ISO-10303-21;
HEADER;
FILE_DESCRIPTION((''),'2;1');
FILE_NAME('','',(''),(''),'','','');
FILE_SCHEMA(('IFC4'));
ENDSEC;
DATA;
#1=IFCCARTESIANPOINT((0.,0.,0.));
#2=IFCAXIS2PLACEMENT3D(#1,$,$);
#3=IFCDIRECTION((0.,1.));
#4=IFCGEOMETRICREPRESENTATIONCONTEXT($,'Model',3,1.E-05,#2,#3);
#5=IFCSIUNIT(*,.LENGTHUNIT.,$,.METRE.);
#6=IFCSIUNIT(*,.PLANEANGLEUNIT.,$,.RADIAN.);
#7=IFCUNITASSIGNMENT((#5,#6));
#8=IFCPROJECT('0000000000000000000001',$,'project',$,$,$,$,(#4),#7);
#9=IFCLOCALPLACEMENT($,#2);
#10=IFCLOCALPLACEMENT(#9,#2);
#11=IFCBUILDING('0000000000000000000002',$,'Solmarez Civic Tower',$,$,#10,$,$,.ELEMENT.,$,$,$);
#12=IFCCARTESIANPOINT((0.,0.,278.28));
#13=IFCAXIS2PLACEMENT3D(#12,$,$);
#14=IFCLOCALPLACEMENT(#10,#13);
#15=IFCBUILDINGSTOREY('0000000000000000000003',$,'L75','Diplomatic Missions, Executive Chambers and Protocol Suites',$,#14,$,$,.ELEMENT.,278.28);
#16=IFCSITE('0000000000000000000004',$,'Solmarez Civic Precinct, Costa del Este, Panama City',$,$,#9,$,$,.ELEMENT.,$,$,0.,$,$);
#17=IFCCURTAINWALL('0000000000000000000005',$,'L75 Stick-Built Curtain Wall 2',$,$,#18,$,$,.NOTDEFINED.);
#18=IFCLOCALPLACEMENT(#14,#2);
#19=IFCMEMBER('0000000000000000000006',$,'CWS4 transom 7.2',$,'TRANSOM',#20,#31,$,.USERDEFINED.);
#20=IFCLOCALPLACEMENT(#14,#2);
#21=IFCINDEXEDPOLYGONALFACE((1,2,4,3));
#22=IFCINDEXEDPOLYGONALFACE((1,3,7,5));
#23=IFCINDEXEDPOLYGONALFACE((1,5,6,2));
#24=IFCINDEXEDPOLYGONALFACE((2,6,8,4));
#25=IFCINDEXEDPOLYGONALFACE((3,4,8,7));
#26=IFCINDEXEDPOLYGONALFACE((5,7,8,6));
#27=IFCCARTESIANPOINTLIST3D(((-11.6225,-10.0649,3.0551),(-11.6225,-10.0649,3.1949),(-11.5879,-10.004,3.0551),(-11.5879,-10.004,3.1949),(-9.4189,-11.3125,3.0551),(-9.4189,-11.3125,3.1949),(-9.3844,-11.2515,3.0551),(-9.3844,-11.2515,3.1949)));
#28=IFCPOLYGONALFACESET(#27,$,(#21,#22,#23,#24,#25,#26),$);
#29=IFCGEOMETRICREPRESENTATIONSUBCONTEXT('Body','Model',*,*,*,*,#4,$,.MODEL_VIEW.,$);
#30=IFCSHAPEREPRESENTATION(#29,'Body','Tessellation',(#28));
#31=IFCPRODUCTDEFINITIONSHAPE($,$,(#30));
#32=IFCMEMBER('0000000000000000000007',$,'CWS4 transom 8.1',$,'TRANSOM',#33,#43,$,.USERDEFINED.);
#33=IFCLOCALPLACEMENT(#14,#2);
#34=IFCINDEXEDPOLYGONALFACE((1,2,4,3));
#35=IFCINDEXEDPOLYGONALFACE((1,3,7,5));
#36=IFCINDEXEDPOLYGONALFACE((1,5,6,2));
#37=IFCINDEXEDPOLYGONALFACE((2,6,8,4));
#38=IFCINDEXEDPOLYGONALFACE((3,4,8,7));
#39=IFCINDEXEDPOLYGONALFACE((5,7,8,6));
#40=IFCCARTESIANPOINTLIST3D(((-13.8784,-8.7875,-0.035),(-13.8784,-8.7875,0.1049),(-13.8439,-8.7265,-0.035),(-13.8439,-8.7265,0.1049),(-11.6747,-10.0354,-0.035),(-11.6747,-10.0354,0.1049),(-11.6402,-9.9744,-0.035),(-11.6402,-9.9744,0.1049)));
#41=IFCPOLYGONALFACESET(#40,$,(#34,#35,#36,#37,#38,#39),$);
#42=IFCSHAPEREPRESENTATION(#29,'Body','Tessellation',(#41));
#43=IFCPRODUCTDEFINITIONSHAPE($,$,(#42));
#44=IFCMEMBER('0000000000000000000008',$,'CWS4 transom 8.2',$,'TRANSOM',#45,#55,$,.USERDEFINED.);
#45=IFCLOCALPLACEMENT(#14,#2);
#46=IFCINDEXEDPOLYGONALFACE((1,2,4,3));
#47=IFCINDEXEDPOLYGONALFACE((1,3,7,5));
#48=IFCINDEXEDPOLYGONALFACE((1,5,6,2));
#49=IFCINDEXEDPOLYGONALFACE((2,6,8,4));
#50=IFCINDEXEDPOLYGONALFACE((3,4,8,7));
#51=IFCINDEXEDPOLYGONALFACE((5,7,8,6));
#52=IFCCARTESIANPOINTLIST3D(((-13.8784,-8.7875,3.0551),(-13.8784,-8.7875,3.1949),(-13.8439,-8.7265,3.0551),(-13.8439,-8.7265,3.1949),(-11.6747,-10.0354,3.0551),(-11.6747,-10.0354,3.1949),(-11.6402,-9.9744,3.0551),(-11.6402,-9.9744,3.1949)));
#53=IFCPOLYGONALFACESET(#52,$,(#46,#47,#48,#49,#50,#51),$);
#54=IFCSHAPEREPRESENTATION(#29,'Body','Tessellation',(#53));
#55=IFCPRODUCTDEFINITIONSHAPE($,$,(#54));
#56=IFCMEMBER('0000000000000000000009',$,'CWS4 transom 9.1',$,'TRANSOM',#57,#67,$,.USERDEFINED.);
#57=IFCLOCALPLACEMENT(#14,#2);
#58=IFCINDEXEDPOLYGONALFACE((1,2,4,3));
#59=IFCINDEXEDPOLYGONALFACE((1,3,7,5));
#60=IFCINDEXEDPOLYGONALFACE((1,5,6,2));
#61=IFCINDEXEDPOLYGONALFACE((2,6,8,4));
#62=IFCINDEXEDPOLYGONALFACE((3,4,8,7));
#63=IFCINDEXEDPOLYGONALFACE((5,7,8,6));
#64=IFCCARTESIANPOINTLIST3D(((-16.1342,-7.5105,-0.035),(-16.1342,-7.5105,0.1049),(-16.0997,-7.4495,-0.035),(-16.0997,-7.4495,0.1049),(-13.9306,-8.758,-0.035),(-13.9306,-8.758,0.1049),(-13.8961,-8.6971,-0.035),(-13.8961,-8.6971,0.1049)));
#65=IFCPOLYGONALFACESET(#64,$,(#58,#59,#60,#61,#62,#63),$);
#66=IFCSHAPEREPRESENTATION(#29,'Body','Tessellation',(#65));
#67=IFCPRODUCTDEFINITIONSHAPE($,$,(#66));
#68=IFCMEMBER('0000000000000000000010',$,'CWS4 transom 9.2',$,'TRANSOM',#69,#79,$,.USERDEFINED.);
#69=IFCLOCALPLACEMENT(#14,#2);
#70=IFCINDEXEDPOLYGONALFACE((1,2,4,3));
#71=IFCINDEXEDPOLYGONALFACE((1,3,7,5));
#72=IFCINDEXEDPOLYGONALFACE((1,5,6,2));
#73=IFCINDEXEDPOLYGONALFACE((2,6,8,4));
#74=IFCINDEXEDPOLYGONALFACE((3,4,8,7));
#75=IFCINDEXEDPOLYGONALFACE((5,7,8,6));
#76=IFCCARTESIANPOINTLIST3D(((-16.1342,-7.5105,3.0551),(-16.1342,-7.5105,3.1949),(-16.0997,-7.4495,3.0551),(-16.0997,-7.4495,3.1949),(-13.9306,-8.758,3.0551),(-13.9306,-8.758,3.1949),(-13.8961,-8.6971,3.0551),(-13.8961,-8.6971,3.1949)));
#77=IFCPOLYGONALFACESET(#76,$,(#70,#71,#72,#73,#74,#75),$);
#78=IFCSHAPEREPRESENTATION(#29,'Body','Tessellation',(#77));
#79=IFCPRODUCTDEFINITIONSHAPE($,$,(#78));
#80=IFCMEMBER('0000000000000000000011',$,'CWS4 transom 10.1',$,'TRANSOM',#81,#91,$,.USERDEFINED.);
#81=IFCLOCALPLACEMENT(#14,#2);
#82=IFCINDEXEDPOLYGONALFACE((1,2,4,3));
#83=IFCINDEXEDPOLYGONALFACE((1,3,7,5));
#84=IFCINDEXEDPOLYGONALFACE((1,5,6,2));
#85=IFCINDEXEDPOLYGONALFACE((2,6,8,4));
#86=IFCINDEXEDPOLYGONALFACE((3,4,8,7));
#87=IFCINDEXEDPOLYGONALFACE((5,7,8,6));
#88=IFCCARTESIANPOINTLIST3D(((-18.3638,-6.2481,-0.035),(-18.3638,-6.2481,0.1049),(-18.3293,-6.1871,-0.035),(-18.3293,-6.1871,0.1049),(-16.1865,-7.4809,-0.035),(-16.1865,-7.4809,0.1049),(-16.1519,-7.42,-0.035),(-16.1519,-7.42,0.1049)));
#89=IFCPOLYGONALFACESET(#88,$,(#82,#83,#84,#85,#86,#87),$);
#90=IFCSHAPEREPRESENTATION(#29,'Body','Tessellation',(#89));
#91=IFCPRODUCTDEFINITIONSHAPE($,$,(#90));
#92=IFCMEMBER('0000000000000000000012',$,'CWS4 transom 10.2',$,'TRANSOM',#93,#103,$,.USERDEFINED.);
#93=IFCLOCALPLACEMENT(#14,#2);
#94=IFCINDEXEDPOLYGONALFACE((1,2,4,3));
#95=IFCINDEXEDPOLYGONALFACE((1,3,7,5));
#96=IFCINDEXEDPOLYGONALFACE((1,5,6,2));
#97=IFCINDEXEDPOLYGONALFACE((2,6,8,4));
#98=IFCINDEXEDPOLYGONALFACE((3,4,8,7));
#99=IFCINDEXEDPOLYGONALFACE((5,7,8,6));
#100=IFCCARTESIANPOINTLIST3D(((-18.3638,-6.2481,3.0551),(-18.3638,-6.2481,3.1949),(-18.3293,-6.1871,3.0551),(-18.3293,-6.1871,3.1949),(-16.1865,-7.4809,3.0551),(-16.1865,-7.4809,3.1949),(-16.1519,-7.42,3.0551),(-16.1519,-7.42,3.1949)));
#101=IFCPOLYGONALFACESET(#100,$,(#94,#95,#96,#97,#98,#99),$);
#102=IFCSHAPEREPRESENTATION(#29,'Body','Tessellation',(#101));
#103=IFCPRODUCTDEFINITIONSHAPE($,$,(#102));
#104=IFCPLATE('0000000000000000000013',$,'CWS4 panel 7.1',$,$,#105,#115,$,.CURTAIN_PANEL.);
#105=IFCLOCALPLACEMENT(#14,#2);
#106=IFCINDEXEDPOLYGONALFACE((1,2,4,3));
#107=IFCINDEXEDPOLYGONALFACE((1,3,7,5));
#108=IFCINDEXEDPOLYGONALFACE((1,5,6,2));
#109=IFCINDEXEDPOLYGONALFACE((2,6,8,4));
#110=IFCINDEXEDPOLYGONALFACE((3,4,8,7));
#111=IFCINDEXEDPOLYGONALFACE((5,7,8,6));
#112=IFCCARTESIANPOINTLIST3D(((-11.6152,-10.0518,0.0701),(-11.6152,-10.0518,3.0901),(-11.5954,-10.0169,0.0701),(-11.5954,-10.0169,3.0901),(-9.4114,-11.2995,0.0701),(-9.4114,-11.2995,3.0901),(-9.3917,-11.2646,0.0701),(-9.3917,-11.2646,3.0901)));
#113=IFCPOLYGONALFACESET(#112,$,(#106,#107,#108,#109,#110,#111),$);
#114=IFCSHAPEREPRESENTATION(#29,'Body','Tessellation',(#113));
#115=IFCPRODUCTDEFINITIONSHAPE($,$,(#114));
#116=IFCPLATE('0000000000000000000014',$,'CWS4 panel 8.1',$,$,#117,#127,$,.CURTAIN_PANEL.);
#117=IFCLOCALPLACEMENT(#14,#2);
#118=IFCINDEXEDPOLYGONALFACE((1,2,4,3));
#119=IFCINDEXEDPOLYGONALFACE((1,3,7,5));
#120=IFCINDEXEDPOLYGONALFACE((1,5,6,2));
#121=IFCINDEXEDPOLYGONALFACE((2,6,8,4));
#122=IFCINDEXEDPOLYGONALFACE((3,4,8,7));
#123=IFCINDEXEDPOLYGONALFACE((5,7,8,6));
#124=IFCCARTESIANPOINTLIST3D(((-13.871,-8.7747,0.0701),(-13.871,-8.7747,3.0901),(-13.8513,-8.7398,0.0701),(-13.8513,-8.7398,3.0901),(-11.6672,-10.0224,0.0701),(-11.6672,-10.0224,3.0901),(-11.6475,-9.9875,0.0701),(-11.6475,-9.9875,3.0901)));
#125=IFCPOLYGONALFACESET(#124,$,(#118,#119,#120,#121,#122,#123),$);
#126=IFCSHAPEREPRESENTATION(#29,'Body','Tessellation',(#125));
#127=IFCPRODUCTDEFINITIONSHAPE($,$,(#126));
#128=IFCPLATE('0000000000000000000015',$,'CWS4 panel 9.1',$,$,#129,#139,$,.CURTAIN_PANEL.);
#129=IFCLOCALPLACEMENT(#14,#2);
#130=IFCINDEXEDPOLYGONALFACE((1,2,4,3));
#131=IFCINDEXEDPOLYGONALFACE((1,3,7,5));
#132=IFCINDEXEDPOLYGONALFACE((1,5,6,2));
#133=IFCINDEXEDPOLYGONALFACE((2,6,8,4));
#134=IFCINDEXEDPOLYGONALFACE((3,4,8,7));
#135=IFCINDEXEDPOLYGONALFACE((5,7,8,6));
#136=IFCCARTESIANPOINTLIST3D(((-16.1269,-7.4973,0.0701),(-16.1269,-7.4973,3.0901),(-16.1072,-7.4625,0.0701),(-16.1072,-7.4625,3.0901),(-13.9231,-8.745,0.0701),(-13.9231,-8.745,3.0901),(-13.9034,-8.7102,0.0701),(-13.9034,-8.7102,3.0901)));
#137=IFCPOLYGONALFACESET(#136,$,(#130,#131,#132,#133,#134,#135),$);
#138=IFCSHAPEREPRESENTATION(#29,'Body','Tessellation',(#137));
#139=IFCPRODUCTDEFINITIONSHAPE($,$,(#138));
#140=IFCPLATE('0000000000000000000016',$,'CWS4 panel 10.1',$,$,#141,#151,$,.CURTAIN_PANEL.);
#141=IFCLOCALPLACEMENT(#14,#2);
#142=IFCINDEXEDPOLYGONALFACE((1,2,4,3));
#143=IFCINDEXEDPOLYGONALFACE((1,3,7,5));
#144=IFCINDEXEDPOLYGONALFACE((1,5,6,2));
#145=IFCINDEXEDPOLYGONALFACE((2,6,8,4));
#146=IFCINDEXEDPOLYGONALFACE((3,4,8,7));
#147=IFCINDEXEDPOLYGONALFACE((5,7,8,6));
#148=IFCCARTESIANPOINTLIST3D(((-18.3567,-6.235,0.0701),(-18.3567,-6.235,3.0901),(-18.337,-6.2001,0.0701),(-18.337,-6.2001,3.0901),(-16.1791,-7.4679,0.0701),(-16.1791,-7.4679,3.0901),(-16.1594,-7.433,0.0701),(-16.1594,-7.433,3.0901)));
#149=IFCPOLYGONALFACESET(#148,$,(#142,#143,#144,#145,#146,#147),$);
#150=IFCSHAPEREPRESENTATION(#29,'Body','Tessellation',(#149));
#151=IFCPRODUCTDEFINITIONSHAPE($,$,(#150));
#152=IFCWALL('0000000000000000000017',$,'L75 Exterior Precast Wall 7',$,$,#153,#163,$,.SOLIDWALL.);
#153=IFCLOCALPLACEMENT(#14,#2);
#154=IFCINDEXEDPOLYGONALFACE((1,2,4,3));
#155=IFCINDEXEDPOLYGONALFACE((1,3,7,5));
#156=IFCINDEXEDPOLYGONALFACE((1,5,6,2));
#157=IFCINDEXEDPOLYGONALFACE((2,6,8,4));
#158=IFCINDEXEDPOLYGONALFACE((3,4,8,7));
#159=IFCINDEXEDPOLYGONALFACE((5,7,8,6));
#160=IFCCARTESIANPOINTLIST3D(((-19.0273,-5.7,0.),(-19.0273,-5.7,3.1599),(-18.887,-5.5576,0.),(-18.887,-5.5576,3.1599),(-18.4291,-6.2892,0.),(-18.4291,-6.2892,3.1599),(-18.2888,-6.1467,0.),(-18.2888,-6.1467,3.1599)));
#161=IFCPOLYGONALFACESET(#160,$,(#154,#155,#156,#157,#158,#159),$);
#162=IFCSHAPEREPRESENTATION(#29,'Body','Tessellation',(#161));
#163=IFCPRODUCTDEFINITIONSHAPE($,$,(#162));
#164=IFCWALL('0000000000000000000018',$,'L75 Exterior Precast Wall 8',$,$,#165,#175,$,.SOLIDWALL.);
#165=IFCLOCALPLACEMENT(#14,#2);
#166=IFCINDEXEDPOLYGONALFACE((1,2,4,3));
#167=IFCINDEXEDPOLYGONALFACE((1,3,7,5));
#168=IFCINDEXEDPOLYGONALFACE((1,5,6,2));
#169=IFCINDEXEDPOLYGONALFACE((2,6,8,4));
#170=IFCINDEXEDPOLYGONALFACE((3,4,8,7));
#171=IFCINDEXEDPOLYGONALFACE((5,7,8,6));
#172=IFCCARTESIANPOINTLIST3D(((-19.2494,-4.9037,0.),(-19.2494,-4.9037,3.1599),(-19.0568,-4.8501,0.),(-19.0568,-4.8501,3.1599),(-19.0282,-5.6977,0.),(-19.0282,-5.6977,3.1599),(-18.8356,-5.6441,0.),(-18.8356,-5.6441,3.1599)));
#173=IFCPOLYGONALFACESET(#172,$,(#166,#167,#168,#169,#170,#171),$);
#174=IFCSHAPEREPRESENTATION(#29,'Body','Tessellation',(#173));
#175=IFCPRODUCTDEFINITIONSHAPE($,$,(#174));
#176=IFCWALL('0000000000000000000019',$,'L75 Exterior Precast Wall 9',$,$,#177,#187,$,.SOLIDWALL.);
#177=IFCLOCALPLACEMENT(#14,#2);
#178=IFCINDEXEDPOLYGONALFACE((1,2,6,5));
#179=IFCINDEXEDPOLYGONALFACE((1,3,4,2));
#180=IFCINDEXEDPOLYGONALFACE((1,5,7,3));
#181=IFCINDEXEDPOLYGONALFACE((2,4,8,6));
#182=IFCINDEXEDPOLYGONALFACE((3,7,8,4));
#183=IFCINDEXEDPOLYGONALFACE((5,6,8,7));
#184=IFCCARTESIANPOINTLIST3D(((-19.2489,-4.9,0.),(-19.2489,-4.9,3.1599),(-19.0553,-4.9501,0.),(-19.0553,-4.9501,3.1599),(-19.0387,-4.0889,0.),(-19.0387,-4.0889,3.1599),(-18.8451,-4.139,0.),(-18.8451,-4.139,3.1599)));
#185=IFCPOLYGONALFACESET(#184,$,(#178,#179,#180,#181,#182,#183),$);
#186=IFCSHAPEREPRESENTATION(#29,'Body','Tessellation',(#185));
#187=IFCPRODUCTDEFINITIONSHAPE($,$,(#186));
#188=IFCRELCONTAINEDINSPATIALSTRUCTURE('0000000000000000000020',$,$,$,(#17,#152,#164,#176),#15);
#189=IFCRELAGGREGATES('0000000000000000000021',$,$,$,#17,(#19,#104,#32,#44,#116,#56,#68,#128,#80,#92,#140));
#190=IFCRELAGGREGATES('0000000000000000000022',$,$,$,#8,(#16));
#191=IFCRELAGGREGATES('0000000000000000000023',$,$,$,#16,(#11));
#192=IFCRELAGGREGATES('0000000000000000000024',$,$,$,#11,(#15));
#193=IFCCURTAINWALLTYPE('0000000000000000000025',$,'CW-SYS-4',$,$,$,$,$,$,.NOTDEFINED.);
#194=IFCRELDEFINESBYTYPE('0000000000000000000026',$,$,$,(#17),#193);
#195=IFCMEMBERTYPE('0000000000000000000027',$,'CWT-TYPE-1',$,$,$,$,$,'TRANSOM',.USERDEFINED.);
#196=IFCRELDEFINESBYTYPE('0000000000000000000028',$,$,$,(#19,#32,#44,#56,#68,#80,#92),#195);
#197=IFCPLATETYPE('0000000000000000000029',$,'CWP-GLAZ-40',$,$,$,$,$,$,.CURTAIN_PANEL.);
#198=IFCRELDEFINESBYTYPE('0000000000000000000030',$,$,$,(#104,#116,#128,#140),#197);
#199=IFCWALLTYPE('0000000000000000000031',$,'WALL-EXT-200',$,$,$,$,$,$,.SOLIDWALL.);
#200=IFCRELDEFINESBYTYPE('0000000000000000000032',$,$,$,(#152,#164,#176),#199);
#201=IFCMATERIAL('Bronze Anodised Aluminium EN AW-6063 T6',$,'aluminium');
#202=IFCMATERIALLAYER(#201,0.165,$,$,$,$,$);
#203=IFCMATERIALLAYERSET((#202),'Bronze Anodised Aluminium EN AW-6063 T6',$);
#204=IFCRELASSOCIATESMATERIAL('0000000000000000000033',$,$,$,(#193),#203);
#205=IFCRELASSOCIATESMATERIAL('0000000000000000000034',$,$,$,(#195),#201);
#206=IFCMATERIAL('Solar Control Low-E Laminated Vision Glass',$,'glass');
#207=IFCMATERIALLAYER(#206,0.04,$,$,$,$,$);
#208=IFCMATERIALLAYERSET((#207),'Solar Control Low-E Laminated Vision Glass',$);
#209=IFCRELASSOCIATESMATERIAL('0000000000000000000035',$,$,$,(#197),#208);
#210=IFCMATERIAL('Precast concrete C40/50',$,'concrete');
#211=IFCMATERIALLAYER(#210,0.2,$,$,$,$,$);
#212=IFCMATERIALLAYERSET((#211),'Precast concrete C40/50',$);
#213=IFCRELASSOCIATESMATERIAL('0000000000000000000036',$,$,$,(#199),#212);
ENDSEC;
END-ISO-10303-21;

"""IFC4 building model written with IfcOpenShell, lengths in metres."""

from ifc_helpers import new_model, si_unit, direction, frame, frame_2d, origin, origin_2d, place, context, subcontext, project, spatial, rectangle, extrude, material, layer, layer_set, material_profile, profile_set, type_object, element, aggregate, save


model = new_model("IFC4")

# Units and contexts
model_context = context("Model", 3, precision=1e-05, world=origin(), true_north=direction((0.0, 1.0)))
body_context = subcontext(model_context, "Body", "Model", "MODEL_VIEW")
ifc_project = project(units=[si_unit("LENGTHUNIT", "METRE"), si_unit("PLANEANGLEUNIT", "RADIAN")], contexts=[model_context])

# Site, building, storey
site_placement = place(None, origin())
site = spatial("IfcSite", under=ifc_project, at=site_placement, Name="Solmarez Civic Precinct, Costa del Este, Panama City", CompositionType="ELEMENT", RefElevation=0.0)
building_placement = place(site_placement, origin())
building = spatial("IfcBuilding", under=site, at=building_placement, Name="Solmarez Civic Tower", CompositionType="ELEMENT")
storey_placement = place(building_placement, frame((0.0, 0.0, 278.28)))
storey = spatial("IfcBuildingStorey", under=building, at=storey_placement, Name="L75", Description="Diplomatic Missions, Executive Chambers and Protocol Suites", CompositionType="ELEMENT", Elevation=278.28)

# Curtain wall, members, plates
ifc_material_1 = material(Name="Bronze Anodised Aluminium EN AW-6063 T6", Category="aluminium")
ifc_layer_1 = layer(ifc_material_1, 0.165)
ifc_layer_set_1 = layer_set([ifc_layer_1], Name="Bronze Anodised Aluminium EN AW-6063 T6")
curtain_wall_type = type_object("IfcCurtainWallType", Name="CW-SYS-4", PredefinedType="NOTDEFINED", material=ifc_layer_set_1)
curtain_wall_placement = place(storey_placement, origin())
curtain_wall = element("IfcCurtainWall", 1, at=curtain_wall_placement, inside=storey, type_object=curtain_wall_type, Name="L75 Stick-Built Curtain Wall 2", PredefinedType="NOTDEFINED")
ifc_material_profile_1 = material_profile(ifc_material_1, rectangle(XDim=0.0701, YDim=0.1399, at=origin_2d()), Name="CWT-70X140")
ifc_profile_set_1 = profile_set([ifc_material_profile_1], Name="Bronze Anodised Aluminium EN AW-6063 T6")
member_type_1 = type_object("IfcMemberType", Name="CWT-TYPE-1", ElementType="TRANSOM", PredefinedType="USERDEFINED", material=ifc_profile_set_1)
member_1_placement = place(storey_placement, frame((-9.4016, -11.282, 3.125), z_axis=(-0.870218, 0.492667, 0.0), x_axis=(-0.492667, -0.870218, 0.0)))
member_1 = element("IfcMember", 2, at=member_1_placement, type_object=member_type_1, Name="CWS4 transom 7.2", ObjectType="TRANSOM", PredefinedType="USERDEFINED", context=body_context, shape_type="SweptSolid", body=[
    extrude(rectangle(XDim=0.0701, YDim=0.1399, at=origin_2d()), origin(), (0.0, 0.0, 1.0), 2.5322),
])
member_2_placement = place(storey_placement, frame((-11.6575, -10.0049, 0.0349), z_axis=(-0.870177, 0.49274, 0.0), x_axis=(-0.49274, -0.870177, 0.0)))
member_2 = element("IfcMember", 3, at=member_2_placement, type_object=member_type_1, Name="CWS4 transom 8.1", ObjectType="TRANSOM", PredefinedType="USERDEFINED", context=body_context, shape_type="SweptSolid", body=[
    extrude(rectangle(XDim=0.0701, YDim=0.1399, at=origin_2d()), origin(), (0.0, 0.0, 1.0), 2.5325),
])
member_3_placement = place(storey_placement, frame((-11.6575, -10.0049, 3.125), z_axis=(-0.870177, 0.49274, 0.0), x_axis=(-0.49274, -0.870177, 0.0)))
member_3 = element("IfcMember", 4, at=member_3_placement, type_object=member_type_1, Name="CWS4 transom 8.2", ObjectType="TRANSOM", PredefinedType="USERDEFINED", context=body_context, shape_type="SweptSolid", body=[
    extrude(rectangle(XDim=0.0701, YDim=0.1399, at=origin_2d()), origin(), (0.0, 0.0, 1.0), 2.5325),
])
member_4_placement = place(storey_placement, frame((-13.9133, -8.7275, 0.0349), z_axis=(-0.870218, 0.492667, 0.0), x_axis=(-0.492667, -0.870218, 0.0)))
member_4 = element("IfcMember", 5, at=member_4_placement, type_object=member_type_1, Name="CWS4 transom 9.1", ObjectType="TRANSOM", PredefinedType="USERDEFINED", context=body_context, shape_type="SweptSolid", body=[
    extrude(rectangle(XDim=0.0701, YDim=0.1399, at=origin_2d()), origin(), (0.0, 0.0, 1.0), 2.5322),
])
member_5_placement = place(storey_placement, frame((-13.9133, -8.7275, 3.125), z_axis=(-0.870218, 0.492667, 0.0), x_axis=(-0.492667, -0.870218, 0.0)))
member_5 = element("IfcMember", 6, at=member_5_placement, type_object=member_type_1, Name="CWS4 transom 9.2", ObjectType="TRANSOM", PredefinedType="USERDEFINED", context=body_context, shape_type="SweptSolid", body=[
    extrude(rectangle(XDim=0.0701, YDim=0.1399, at=origin_2d()), origin(), (0.0, 0.0, 1.0), 2.5322),
])
member_6_placement = place(storey_placement, frame((-16.1692, -7.4504, 0.0349), z_axis=(-0.870194, 0.49271, 0.0), x_axis=(-0.49271, -0.870194, 0.0)))
member_6 = element("IfcMember", 7, at=member_6_placement, type_object=member_type_1, Name="CWS4 transom 10.1", ObjectType="TRANSOM", PredefinedType="USERDEFINED", context=body_context, shape_type="SweptSolid", body=[
    extrude(rectangle(XDim=0.0701, YDim=0.1399, at=origin_2d()), origin(), (0.0, 0.0, 1.0), 2.5022),
])
member_7_placement = place(storey_placement, frame((-16.1692, -7.4504, 3.125), z_axis=(-0.870194, 0.49271, 0.0), x_axis=(-0.49271, -0.870194, 0.0)))
member_7 = element("IfcMember", 8, at=member_7_placement, type_object=member_type_1, Name="CWS4 transom 10.2", ObjectType="TRANSOM", PredefinedType="USERDEFINED", context=body_context, shape_type="SweptSolid", body=[
    extrude(rectangle(XDim=0.0701, YDim=0.1399, at=origin_2d()), origin(), (0.0, 0.0, 1.0), 2.5022),
])
ifc_material_2 = material(Name="Solar Control Low-E Laminated Vision Glass", Category="glass")
ifc_layer_2 = layer(ifc_material_2, 0.04)
ifc_layer_set_2 = layer_set([ifc_layer_2], Name="Solar Control Low-E Laminated Vision Glass")
plate_type = type_object("IfcPlateType", Name="CWP-GLAZ-40", PredefinedType="CURTAIN_PANEL", material=ifc_layer_set_2)
plate_1_placement = place(storey_placement, frame((-10.5034, -10.6582, 0.0701), z_axis=(0.0, 0.0, 1.0), x_axis=(-0.870211, 0.492679, 0.0)))
plate_1 = element("IfcPlate", 9, at=plate_1_placement, type_object=plate_type, Name="CWS4 panel 7.1", PredefinedType="CURTAIN_PANEL", context=body_context, shape_type="SweptSolid", body=[
    extrude(rectangle(XDim=2.5325, YDim=0.04, at=origin_2d()), origin(), (0.0, 0.0, 1.0), 3.02),
])
plate_2_placement = place(storey_placement, frame((-12.7593, -9.3811, 0.0701), z_axis=(0.0, 0.0, 1.0), x_axis=(-0.870211, 0.492679, 0.0)))
plate_2 = element("IfcPlate", 10, at=plate_2_placement, type_object=plate_type, Name="CWS4 panel 8.1", PredefinedType="CURTAIN_PANEL", context=body_context, shape_type="SweptSolid", body=[
    extrude(rectangle(XDim=2.5325, YDim=0.04, at=origin_2d()), origin(), (0.0, 0.0, 1.0), 3.02),
])
plate_3_placement = place(storey_placement, frame((-15.0151, -8.1038, 0.0701), z_axis=(0.0, 0.0, 1.0), x_axis=(-0.870211, 0.492679, 0.0)))
plate_3 = element("IfcPlate", 11, at=plate_3_placement, type_object=plate_type, Name="CWS4 panel 9.1", PredefinedType="CURTAIN_PANEL", context=body_context, shape_type="SweptSolid", body=[
    extrude(rectangle(XDim=2.5325, YDim=0.04, at=origin_2d()), origin(), (0.0, 0.0, 1.0), 3.02),
])
plate_4_placement = place(storey_placement, frame((-17.2581, -6.834, 0.0701), z_axis=(0.0, 0.0, 1.0), x_axis=(-0.870211, 0.492679, 0.0)))
plate_4 = element("IfcPlate", 12, at=plate_4_placement, type_object=plate_type, Name="CWS4 panel 10.1", PredefinedType="CURTAIN_PANEL", context=body_context, shape_type="SweptSolid", body=[
    extrude(rectangle(XDim=2.5024, YDim=0.04, at=origin_2d()), origin(), (0.0, 0.0, 1.0), 3.02),
])
aggregate(curtain_wall, [member_1, plate_1, member_2, member_3, plate_2, member_4, member_5, plate_3, member_6, member_7, plate_4])

# Walls
ifc_material_3 = material(Name="Precast concrete C40/50", Category="concrete")
ifc_layer_3 = layer(ifc_material_3, 0.2)
ifc_layer_set_3 = layer_set([ifc_layer_3], Name="Precast concrete C40/50")
wall_type_1 = type_object("IfcWallType", Name="WALL-EXT-200", PredefinedType="SOLIDWALL", material=ifc_layer_set_3)
wall_1_placement = place(storey_placement, frame((-18.3589, -6.218, 0.0), z_axis=(0.0, 0.0, 1.0), x_axis=(-0.712466, 0.701706, 0.0)))
element("IfcWall", 13, at=wall_1_placement, inside=storey, type_object=wall_type_1, Name="L75 Exterior Precast Wall 7", PredefinedType="SOLIDWALL", context=body_context, shape_type="SweptSolid", body=[
    extrude(rectangle(XDim=0.8396, YDim=0.2, at=frame_2d((0.4199, 0.0))), origin(), (0.0, 0.0, 1.0), 3.1599),
])
wall_2_placement = place(storey_placement, frame((-18.9319, -5.6709, 0.0), z_axis=(0.0, 0.0, 1.0), x_axis=(-0.268377, 0.963314, 0.0)))
element("IfcWall", 14, at=wall_2_placement, inside=storey, type_object=wall_type_1, Name="L75 Exterior Precast Wall 8", PredefinedType="SOLIDWALL", context=body_context, shape_type="SweptSolid", body=[
    extrude(rectangle(XDim=0.8242, YDim=0.2, at=frame_2d((0.4121, 0.0))), origin(), (0.0, 0.0, 1.0), 3.1599),
])
wall_3_placement = place(storey_placement, frame((-19.1521, -4.925, 0.0), z_axis=(0.0, 0.0, 1.0), x_axis=(0.250891, 0.968015, 0.0)))
element("IfcWall", 15, at=wall_3_placement, inside=storey, type_object=wall_type_1, Name="L75 Exterior Precast Wall 9", PredefinedType="SOLIDWALL", context=body_context, shape_type="SweptSolid", body=[
    extrude(rectangle(XDim=0.8379, YDim=0.2, at=frame_2d((0.4189, 0.0))), origin(), (0.0, 0.0, 1.0), 3.1599),
])

save(model, "model.ifc")
